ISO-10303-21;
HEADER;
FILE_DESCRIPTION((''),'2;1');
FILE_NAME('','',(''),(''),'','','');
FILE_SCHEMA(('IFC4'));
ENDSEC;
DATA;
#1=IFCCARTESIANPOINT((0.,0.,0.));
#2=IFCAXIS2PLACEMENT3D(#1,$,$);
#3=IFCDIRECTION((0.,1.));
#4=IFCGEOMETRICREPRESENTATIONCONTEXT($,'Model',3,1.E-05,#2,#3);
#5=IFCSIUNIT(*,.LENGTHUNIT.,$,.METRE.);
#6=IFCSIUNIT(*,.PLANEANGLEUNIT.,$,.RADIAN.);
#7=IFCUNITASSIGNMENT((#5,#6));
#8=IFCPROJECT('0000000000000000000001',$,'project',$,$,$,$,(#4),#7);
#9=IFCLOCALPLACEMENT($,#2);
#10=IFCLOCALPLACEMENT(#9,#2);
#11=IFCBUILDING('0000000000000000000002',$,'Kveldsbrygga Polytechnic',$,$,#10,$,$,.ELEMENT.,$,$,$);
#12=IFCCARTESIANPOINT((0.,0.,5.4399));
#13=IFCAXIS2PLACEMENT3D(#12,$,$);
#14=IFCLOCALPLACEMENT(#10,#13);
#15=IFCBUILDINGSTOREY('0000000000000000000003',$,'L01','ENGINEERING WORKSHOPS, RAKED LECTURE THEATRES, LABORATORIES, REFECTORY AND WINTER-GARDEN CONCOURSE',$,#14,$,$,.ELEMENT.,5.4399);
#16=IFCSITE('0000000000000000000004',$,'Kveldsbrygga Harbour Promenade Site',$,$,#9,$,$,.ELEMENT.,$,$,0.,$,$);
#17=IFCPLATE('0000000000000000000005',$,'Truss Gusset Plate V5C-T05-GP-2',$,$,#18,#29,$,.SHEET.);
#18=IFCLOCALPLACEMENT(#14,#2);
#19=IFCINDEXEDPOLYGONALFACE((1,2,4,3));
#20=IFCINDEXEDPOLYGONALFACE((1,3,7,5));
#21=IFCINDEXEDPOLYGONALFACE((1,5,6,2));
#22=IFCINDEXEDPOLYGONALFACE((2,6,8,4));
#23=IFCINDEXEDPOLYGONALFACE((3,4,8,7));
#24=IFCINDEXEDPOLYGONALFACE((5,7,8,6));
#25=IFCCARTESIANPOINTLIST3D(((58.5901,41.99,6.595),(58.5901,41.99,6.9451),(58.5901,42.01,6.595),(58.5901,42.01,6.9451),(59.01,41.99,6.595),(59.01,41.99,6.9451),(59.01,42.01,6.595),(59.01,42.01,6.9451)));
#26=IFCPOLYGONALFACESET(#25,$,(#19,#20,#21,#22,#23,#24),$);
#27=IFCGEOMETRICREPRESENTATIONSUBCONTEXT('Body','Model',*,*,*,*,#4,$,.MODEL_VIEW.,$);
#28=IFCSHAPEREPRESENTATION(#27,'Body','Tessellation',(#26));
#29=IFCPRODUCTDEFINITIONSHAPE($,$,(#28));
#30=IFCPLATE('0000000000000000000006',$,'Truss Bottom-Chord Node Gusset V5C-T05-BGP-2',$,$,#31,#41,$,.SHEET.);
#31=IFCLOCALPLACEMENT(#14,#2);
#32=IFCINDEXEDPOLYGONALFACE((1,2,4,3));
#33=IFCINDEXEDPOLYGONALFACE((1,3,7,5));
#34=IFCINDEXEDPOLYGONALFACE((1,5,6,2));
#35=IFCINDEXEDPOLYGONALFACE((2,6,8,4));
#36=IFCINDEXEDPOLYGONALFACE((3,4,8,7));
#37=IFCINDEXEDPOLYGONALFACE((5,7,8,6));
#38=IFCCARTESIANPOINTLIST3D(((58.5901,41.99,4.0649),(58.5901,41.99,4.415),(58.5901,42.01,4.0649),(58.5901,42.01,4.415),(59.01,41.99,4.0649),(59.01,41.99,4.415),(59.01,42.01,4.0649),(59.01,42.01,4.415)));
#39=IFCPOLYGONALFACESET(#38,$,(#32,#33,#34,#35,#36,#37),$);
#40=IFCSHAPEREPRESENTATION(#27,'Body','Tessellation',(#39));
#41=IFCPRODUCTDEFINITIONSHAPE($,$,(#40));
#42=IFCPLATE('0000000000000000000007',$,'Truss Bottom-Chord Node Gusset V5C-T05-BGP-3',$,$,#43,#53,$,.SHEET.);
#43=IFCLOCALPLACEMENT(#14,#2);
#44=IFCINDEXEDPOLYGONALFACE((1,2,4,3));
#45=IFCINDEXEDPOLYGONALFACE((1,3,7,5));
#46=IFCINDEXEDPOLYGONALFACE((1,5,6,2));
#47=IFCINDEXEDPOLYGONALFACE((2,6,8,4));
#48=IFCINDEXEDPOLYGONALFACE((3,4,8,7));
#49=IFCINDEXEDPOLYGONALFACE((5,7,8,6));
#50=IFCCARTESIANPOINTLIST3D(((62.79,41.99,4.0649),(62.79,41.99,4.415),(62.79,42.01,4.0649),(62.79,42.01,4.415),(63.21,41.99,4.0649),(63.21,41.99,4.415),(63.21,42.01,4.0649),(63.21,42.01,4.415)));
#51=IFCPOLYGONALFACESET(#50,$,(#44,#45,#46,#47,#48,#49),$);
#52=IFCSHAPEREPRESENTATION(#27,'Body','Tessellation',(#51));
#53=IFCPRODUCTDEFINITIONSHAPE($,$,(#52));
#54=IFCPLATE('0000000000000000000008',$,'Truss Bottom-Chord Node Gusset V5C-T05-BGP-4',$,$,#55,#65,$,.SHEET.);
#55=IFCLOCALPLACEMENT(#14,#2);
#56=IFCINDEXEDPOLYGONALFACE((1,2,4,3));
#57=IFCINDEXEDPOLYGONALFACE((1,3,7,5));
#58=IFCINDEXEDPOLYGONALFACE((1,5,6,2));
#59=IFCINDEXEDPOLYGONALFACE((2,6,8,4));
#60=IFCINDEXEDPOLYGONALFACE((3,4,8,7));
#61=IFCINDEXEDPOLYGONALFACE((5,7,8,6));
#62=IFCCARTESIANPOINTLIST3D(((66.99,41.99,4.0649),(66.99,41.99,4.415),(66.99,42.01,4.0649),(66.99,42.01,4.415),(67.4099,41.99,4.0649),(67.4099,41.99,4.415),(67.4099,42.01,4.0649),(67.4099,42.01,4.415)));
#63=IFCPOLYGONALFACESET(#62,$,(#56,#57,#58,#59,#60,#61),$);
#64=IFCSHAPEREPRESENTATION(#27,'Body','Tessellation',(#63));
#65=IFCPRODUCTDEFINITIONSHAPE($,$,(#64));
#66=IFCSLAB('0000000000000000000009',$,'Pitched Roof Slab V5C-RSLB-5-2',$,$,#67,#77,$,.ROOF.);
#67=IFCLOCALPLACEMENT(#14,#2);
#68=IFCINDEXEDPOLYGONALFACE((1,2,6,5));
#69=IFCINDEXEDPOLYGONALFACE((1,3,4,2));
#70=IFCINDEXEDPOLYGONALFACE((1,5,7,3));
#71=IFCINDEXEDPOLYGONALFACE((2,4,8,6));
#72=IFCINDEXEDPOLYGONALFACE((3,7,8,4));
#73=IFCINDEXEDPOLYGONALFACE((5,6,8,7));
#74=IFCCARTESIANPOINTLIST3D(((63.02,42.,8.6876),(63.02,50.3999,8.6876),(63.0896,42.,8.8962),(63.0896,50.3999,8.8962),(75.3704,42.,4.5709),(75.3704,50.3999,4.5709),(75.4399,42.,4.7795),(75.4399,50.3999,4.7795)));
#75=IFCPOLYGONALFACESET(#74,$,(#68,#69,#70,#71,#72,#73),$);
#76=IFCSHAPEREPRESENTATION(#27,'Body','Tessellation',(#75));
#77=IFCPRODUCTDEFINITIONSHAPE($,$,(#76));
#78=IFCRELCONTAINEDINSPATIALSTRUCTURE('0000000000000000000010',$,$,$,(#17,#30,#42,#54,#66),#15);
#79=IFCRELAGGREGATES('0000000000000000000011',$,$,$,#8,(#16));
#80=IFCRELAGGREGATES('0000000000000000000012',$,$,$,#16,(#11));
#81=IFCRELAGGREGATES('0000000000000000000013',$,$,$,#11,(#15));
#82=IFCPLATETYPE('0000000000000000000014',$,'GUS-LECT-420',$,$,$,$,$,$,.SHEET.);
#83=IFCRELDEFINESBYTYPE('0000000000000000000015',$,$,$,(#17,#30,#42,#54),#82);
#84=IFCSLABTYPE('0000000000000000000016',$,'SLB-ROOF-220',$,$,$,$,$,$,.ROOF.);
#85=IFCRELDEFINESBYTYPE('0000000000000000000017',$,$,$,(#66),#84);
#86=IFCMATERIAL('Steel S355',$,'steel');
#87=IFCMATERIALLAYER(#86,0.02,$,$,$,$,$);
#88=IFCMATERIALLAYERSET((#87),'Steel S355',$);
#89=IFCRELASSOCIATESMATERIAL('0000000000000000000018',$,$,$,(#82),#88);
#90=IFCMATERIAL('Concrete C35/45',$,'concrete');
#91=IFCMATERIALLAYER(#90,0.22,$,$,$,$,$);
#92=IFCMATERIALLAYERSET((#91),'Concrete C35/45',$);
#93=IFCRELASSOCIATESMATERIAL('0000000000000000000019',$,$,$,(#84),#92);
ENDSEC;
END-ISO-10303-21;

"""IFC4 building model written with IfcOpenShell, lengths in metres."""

from ifc_helpers import new_model, si_unit, direction, frame, origin, origin_2d, place, context, subcontext, project, spatial, polyline, rectangle, outline, extrude, material, layer, layer_set, type_object, element, save


model = new_model("IFC4")

# Units and contexts
model_context = context("Model", 3, precision=1e-05, world=origin(), true_north=direction((0.0, 1.0)))
body_context = subcontext(model_context, "Body", "Model", "MODEL_VIEW")
ifc_project = project(units=[si_unit("LENGTHUNIT", "METRE"), si_unit("PLANEANGLEUNIT", "RADIAN")], contexts=[model_context])

# Site, building, storey
site_placement = place(None, origin())
site = spatial("IfcSite", under=ifc_project, at=site_placement, Name="Kveldsbrygga Harbour Promenade Site", CompositionType="ELEMENT", RefElevation=0.0)
building_placement = place(site_placement, origin())
building = spatial("IfcBuilding", under=site, at=building_placement, Name="Kveldsbrygga Polytechnic", CompositionType="ELEMENT")
storey_placement = place(building_placement, frame((0.0, 0.0, 5.4399)))
storey = spatial("IfcBuildingStorey", under=building, at=storey_placement, Name="L01", Description="ENGINEERING WORKSHOPS, RAKED LECTURE THEATRES, LABORATORIES, REFECTORY AND WINTER-GARDEN CONCOURSE", CompositionType="ELEMENT", Elevation=5.4399)

# Shared definitions
ifc_material_1 = material(Name="Steel S355", Category="steel")

# Plates
ifc_layer_1 = layer(ifc_material_1, 0.02)
ifc_layer_set_1 = layer_set([ifc_layer_1], Name="Steel S355")
plate_type_1 = type_object("IfcPlateType", Name="GUS-LECT-420", PredefinedType="SHEET", material=ifc_layer_set_1)
for number, where, z_axis, x_axis, name in (
    (1, (58.8, 42.0, 6.595), (0.0, 0.0, 1.0), (1.0, 0.0, 0.0), "Truss Gusset Plate V5C-T05-GP-2"),
    (2, (58.8, 42.0, 4.0649), (0.0, 0.0, 1.0), (1.0, 0.0, 0.0), "Truss Bottom-Chord Node Gusset V5C-T05-BGP-2"),
    (3, (63.0, 42.0, 4.0649), (0.0, 0.0, 1.0), (1.0, 0.0, 0.0), "Truss Bottom-Chord Node Gusset V5C-T05-BGP-3"),
    (4, (67.2, 42.0, 4.0649), (0.0, 0.0, 1.0), (1.0, 0.0, 0.0), "Truss Bottom-Chord Node Gusset V5C-T05-BGP-4"),
):
    element("IfcPlate", number, at=place(storey_placement, frame(where, z_axis=z_axis, x_axis=x_axis)), inside=storey, type_object=plate_type_1, Name=name, PredefinedType="SHEET", context=body_context, shape_type="SweptSolid", body=[
        extrude(rectangle(XDim=0.4199, YDim=0.02, at=origin_2d()), origin(), (0.0, 0.0, 1.0), 0.3501),
    ])

# Slab
ifc_material_2 = material(Name="Concrete C35/45", Category="concrete")
ifc_layer_2 = layer(ifc_material_2, 0.22)
ifc_layer_set_2 = layer_set([ifc_layer_2], Name="Concrete C35/45")
slab_type = type_object("IfcSlabType", Name="SLB-ROOF-220", PredefinedType="ROOF", material=ifc_layer_set_2)
slab_placement = place(storey_placement, frame((63.0896, 42.0, 8.8962), z_axis=(0.316222, 0.0, 0.948685), x_axis=(0.948685, 0.0, -0.316222)))
element("IfcSlab", 5, at=slab_placement, inside=storey, type_object=slab_type, Name="Pitched Roof Slab V5C-RSLB-5-2", PredefinedType="ROOF", context=body_context, shape_type="SweptSolid", body=[
    extrude(outline(polyline([(0.0, 0.0), (13.0184, 0.0), (13.0184, 8.3999), (0.0, 8.3999), (0.0, 0.0)])), origin(), (0.0, 0.0, -1.0), 0.22),
])

save(model, "model.ifc")
